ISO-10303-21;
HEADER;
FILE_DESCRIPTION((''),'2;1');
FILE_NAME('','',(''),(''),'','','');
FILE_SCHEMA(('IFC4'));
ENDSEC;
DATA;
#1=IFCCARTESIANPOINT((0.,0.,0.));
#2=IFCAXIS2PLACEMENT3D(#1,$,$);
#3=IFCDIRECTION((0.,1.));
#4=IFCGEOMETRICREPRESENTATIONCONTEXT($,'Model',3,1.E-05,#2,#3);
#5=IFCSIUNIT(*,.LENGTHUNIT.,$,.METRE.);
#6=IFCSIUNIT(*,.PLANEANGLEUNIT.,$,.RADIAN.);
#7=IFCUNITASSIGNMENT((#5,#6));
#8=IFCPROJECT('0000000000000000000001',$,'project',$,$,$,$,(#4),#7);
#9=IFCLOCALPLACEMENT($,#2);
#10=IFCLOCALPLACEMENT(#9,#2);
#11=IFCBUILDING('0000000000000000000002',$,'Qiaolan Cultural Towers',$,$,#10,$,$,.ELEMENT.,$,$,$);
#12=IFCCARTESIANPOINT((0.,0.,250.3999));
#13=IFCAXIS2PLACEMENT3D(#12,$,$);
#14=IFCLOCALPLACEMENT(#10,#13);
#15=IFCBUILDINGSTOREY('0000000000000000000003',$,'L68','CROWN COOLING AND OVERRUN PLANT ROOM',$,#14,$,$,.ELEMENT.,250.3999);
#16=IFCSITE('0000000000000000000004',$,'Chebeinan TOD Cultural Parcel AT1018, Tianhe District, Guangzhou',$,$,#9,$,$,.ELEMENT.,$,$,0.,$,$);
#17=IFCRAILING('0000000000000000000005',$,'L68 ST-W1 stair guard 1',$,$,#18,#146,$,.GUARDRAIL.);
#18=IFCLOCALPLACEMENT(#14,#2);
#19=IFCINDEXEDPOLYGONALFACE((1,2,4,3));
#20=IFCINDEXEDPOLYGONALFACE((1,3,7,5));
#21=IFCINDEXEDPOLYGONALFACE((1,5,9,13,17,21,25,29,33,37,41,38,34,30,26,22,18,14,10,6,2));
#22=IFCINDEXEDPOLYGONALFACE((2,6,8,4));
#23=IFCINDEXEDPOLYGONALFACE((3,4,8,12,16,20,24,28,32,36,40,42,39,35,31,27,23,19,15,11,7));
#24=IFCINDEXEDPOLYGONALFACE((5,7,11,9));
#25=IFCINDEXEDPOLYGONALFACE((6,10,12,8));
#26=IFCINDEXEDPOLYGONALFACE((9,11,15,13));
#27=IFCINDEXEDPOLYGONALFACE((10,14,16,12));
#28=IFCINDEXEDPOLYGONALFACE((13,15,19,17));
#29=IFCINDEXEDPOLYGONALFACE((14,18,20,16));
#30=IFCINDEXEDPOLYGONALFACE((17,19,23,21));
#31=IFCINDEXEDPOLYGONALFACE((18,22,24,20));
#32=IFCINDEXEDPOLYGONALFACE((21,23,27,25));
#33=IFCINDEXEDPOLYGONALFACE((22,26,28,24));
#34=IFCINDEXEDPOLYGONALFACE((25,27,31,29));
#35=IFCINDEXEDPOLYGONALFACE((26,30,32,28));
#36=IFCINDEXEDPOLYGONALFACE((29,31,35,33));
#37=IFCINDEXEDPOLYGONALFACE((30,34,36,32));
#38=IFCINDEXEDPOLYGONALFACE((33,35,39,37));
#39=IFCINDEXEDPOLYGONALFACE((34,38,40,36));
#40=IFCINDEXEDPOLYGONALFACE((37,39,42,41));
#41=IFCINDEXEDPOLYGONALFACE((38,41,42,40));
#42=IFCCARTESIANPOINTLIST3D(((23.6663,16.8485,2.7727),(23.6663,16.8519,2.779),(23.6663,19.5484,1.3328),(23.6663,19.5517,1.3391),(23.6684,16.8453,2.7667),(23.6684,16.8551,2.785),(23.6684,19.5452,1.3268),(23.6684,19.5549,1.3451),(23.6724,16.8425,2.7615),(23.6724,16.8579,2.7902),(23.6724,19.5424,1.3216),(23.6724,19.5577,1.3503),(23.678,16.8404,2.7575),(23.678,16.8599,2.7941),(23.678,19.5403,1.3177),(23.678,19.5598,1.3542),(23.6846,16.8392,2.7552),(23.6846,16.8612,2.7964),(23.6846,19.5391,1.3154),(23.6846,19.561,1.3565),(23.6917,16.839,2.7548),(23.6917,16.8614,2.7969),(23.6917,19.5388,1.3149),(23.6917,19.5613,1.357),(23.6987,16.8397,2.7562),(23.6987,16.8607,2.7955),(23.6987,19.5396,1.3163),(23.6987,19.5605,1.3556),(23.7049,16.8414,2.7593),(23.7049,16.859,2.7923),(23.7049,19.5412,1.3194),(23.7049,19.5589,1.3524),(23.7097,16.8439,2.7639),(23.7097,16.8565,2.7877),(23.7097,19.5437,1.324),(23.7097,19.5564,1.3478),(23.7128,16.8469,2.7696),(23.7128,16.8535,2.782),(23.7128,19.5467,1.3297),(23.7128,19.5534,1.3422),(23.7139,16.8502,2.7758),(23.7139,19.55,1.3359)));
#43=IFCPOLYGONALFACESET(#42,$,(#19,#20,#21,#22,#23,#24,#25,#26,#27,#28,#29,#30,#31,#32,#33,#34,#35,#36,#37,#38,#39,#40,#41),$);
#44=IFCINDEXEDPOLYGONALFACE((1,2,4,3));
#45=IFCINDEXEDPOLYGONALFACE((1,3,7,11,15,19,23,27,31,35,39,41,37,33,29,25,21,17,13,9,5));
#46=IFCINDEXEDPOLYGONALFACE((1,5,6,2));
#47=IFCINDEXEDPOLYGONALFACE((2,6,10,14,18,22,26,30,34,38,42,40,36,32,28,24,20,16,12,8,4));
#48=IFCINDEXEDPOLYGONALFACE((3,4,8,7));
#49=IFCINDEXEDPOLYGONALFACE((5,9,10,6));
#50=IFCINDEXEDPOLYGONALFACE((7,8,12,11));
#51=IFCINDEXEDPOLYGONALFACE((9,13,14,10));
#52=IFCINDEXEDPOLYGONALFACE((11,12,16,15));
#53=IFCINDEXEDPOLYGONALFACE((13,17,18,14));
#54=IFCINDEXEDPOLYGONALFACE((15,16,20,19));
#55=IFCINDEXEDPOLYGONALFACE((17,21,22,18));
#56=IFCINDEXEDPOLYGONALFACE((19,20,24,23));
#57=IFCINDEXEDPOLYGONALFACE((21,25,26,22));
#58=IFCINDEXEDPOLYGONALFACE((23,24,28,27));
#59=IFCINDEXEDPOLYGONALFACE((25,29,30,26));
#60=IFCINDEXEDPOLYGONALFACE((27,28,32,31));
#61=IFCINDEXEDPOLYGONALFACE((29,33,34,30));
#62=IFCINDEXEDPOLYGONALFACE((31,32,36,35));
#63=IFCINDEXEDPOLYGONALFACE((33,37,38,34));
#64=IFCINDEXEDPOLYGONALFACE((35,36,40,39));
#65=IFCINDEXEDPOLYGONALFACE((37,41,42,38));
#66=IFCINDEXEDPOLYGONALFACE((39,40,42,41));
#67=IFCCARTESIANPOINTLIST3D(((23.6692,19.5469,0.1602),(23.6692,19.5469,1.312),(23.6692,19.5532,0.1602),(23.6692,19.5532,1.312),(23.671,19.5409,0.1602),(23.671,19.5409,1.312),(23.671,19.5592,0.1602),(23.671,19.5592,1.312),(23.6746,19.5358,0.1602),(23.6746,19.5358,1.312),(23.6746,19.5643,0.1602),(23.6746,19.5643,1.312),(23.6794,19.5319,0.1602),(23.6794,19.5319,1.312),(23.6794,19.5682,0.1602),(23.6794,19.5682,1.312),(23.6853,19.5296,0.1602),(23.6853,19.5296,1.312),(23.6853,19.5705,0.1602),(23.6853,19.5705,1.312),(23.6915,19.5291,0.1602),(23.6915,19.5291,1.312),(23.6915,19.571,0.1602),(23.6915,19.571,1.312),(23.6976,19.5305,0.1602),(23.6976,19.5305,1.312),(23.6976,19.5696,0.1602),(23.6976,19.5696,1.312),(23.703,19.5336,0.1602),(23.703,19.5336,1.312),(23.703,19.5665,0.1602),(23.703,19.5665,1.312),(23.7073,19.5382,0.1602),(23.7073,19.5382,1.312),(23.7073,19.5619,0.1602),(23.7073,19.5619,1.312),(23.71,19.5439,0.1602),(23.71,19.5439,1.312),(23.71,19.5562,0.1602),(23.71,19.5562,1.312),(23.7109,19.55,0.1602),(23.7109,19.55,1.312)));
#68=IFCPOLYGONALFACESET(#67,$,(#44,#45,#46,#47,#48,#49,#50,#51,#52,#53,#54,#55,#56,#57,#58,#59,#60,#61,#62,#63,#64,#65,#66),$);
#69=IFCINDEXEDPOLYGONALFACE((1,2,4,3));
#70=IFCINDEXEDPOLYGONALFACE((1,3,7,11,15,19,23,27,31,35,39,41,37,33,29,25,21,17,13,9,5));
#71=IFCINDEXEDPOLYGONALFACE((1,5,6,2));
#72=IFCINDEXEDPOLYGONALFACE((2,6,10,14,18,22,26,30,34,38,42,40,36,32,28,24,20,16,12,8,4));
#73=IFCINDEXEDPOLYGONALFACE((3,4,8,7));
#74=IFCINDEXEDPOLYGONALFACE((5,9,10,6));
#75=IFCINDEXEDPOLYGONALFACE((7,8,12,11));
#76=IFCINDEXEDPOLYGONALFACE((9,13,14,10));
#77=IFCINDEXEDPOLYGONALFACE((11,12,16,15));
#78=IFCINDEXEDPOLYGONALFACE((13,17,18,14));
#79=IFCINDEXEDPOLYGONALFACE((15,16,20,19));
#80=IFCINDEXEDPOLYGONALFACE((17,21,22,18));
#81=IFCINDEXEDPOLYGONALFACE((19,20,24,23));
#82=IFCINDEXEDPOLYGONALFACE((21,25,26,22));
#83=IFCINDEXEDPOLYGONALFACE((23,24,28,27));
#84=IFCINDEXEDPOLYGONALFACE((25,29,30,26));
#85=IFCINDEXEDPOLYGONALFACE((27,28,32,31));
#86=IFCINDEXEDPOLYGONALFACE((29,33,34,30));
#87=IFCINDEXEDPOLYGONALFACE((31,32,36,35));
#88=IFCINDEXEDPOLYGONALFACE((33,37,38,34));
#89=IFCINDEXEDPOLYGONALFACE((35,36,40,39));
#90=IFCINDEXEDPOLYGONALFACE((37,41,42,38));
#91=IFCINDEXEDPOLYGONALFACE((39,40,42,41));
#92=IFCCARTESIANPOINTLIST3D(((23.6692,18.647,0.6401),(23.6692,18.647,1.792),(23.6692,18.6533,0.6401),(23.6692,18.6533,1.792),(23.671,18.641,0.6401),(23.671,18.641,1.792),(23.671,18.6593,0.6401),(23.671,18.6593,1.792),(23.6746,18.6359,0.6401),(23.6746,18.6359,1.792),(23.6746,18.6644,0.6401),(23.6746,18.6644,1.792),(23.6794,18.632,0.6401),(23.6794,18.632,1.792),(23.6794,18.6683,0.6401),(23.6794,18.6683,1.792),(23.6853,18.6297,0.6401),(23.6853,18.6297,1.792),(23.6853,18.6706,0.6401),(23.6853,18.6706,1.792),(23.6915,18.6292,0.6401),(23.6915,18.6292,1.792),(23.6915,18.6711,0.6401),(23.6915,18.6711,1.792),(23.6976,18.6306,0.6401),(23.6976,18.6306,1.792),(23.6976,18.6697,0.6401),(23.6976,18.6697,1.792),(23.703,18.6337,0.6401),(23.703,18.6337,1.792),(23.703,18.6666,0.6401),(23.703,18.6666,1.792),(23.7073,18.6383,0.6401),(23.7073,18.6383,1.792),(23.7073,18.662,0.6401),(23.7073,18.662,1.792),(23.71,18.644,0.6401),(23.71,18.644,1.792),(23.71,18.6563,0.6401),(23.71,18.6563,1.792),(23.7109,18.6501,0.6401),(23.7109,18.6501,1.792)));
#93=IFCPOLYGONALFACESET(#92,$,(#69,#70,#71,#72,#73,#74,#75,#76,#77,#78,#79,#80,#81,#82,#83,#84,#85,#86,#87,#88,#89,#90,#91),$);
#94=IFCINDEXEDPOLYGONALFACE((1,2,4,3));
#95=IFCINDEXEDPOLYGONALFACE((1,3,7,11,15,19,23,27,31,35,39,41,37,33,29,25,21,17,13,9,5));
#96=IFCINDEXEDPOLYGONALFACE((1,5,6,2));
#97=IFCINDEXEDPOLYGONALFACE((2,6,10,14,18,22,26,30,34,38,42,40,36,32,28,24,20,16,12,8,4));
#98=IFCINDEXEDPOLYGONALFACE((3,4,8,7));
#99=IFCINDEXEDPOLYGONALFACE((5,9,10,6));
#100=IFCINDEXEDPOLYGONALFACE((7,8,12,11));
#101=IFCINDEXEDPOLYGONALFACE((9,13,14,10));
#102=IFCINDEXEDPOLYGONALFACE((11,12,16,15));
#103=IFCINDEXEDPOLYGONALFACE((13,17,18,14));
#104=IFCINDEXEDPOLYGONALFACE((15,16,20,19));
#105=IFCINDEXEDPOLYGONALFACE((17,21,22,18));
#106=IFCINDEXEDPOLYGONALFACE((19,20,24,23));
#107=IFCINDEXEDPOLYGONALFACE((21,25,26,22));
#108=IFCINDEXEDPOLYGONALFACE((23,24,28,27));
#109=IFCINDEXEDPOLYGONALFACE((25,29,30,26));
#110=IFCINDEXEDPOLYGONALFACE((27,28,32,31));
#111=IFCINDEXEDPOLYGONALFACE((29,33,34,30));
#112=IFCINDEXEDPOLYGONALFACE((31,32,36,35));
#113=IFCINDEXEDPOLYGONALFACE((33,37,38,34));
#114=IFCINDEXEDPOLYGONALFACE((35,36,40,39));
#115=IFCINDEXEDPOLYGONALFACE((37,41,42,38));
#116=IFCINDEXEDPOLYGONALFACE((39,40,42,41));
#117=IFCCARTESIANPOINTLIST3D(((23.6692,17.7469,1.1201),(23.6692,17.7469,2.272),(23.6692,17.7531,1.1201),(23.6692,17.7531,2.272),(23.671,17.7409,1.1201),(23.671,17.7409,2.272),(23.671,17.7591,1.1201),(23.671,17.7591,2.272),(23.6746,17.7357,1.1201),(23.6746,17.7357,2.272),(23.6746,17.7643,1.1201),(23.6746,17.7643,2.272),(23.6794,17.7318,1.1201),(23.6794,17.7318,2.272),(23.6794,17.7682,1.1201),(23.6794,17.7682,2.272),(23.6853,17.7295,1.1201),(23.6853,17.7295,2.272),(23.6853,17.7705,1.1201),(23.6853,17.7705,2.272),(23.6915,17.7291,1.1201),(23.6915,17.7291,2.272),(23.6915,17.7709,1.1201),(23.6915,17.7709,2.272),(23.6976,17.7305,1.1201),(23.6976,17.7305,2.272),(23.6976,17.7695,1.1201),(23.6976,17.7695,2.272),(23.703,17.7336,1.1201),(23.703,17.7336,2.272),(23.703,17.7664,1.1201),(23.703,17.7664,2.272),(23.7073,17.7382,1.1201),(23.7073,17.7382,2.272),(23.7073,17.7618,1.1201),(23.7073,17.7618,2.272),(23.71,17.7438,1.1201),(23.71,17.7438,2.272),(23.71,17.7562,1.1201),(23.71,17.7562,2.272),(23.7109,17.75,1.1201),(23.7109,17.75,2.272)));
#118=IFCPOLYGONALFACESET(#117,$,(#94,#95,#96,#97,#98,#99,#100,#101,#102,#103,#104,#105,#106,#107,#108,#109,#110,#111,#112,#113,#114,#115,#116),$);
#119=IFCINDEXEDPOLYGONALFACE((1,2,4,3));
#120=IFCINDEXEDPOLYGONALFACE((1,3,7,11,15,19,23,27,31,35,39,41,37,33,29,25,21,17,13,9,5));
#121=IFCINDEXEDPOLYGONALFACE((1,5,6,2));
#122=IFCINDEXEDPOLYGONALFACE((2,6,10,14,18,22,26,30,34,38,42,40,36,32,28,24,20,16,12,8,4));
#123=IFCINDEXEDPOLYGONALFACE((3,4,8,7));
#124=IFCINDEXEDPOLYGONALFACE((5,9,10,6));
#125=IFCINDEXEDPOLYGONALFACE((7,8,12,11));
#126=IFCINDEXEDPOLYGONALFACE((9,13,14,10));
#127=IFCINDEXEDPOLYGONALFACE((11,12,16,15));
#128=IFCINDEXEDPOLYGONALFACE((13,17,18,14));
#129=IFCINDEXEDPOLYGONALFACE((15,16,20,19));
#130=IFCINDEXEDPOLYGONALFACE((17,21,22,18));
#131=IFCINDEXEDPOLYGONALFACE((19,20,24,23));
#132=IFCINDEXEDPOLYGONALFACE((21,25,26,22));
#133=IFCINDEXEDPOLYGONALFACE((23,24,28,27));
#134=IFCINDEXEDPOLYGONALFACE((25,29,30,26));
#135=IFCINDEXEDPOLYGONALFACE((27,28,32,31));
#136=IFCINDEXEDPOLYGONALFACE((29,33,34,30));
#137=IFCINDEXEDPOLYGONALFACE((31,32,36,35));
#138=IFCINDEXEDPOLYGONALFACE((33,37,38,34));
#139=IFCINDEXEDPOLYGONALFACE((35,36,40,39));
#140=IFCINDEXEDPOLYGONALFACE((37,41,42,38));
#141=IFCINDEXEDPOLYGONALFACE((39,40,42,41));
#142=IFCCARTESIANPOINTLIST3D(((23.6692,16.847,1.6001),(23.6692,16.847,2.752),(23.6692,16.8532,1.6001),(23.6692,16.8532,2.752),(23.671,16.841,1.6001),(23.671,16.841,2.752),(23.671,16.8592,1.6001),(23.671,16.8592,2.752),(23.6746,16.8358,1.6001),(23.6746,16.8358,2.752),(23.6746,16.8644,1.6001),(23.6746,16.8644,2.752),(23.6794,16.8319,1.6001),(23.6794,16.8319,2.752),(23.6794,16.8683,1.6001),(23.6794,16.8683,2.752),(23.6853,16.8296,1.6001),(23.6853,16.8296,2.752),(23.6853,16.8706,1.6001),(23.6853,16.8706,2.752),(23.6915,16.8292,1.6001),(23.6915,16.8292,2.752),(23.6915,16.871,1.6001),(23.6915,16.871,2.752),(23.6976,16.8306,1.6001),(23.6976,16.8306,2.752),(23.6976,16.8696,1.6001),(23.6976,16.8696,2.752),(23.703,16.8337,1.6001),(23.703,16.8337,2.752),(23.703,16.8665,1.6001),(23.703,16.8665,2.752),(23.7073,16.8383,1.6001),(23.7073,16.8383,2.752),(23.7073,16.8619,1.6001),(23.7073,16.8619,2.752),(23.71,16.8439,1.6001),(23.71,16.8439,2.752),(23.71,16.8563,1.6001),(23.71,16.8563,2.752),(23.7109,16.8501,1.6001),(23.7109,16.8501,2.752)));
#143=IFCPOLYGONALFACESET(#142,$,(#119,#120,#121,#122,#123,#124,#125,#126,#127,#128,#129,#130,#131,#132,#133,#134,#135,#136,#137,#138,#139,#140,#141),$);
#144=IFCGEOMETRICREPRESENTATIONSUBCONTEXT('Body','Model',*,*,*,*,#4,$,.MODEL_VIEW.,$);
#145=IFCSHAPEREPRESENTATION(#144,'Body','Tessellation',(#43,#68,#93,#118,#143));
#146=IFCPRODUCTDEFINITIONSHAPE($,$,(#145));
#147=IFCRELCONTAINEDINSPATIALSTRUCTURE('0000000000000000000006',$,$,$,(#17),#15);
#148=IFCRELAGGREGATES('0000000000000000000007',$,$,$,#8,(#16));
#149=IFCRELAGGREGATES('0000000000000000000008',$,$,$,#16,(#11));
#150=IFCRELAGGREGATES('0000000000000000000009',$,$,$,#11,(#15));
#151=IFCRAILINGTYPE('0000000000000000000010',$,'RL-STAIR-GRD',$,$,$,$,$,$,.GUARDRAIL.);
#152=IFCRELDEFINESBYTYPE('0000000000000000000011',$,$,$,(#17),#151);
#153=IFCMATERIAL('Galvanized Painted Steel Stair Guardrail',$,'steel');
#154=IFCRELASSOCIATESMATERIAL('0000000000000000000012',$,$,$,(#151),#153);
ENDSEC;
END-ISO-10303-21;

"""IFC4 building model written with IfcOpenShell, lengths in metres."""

from ifc_helpers import new_model, si_unit, direction, frame, origin, origin_2d, place, context, subcontext, project, spatial, circle, extrude, material, type_object, element, save


model = new_model("IFC4")

# Units and contexts
model_context = context("Model", 3, precision=1e-05, world=origin(), true_north=direction((0.0, 1.0)))
body_context = subcontext(model_context, "Body", "Model", "MODEL_VIEW")
ifc_project = project(units=[si_unit("LENGTHUNIT", "METRE"), si_unit("PLANEANGLEUNIT", "RADIAN")], contexts=[model_context])

# Site, building, storey
site_placement = place(None, origin())
site = spatial("IfcSite", under=ifc_project, at=site_placement, Name="Chebeinan TOD Cultural Parcel AT1018, Tianhe District, Guangzhou", CompositionType="ELEMENT", RefElevation=0.0)
building_placement = place(site_placement, origin())
building = spatial("IfcBuilding", under=site, at=building_placement, Name="Qiaolan Cultural Towers", CompositionType="ELEMENT")
storey_placement = place(building_placement, frame((0.0, 0.0, 250.3999)))
storey = spatial("IfcBuildingStorey", under=building, at=storey_placement, Name="L68", Description="CROWN COOLING AND OVERRUN PLANT ROOM", CompositionType="ELEMENT", Elevation=250.3999)

# Railing
ifc_material_1 = material(Name="Galvanized Painted Steel Stair Guardrail", Category="steel")
railing_type_1 = type_object("IfcRailingType", Name="RL-STAIR-GRD", PredefinedType="GUARDRAIL", material=ifc_material_1)
railing_1_placement = place(storey_placement, frame((23.6899, 19.55, 0.1602)))
element("IfcRailing", 1, at=railing_1_placement, inside=storey, type_object=railing_type_1, Name="L68 ST-W1 stair guard 1", PredefinedType="GUARDRAIL", context=body_context, shape_type="SweptSolid", body=[
    extrude(circle(Radius=0.0239, at=origin_2d()), frame((0.0, 0.0, 1.1758), z_axis=(0.0, -0.882357, 0.47058), x_axis=(1.0, 0.0, 0.0)), (0.0, 0.0, 1.0), 3.0598),
    extrude(circle(Radius=0.021, at=origin_2d()), origin(), (0.0, 0.0, 1.0), 1.1519),
    extrude(circle(Radius=0.021, at=origin_2d()), frame((0.0, -0.8999, 0.48)), (0.0, 0.0, 1.0), 1.1519),
    extrude(circle(Radius=0.021, at=origin_2d()), frame((0.0, -1.8, 0.96)), (0.0, 0.0, 1.0), 1.1519),
    extrude(circle(Radius=0.021, at=origin_2d()), frame((0.0, -2.7, 1.4399)), (0.0, 0.0, 1.0), 1.1519),
])

save(model, "model.ifc")
